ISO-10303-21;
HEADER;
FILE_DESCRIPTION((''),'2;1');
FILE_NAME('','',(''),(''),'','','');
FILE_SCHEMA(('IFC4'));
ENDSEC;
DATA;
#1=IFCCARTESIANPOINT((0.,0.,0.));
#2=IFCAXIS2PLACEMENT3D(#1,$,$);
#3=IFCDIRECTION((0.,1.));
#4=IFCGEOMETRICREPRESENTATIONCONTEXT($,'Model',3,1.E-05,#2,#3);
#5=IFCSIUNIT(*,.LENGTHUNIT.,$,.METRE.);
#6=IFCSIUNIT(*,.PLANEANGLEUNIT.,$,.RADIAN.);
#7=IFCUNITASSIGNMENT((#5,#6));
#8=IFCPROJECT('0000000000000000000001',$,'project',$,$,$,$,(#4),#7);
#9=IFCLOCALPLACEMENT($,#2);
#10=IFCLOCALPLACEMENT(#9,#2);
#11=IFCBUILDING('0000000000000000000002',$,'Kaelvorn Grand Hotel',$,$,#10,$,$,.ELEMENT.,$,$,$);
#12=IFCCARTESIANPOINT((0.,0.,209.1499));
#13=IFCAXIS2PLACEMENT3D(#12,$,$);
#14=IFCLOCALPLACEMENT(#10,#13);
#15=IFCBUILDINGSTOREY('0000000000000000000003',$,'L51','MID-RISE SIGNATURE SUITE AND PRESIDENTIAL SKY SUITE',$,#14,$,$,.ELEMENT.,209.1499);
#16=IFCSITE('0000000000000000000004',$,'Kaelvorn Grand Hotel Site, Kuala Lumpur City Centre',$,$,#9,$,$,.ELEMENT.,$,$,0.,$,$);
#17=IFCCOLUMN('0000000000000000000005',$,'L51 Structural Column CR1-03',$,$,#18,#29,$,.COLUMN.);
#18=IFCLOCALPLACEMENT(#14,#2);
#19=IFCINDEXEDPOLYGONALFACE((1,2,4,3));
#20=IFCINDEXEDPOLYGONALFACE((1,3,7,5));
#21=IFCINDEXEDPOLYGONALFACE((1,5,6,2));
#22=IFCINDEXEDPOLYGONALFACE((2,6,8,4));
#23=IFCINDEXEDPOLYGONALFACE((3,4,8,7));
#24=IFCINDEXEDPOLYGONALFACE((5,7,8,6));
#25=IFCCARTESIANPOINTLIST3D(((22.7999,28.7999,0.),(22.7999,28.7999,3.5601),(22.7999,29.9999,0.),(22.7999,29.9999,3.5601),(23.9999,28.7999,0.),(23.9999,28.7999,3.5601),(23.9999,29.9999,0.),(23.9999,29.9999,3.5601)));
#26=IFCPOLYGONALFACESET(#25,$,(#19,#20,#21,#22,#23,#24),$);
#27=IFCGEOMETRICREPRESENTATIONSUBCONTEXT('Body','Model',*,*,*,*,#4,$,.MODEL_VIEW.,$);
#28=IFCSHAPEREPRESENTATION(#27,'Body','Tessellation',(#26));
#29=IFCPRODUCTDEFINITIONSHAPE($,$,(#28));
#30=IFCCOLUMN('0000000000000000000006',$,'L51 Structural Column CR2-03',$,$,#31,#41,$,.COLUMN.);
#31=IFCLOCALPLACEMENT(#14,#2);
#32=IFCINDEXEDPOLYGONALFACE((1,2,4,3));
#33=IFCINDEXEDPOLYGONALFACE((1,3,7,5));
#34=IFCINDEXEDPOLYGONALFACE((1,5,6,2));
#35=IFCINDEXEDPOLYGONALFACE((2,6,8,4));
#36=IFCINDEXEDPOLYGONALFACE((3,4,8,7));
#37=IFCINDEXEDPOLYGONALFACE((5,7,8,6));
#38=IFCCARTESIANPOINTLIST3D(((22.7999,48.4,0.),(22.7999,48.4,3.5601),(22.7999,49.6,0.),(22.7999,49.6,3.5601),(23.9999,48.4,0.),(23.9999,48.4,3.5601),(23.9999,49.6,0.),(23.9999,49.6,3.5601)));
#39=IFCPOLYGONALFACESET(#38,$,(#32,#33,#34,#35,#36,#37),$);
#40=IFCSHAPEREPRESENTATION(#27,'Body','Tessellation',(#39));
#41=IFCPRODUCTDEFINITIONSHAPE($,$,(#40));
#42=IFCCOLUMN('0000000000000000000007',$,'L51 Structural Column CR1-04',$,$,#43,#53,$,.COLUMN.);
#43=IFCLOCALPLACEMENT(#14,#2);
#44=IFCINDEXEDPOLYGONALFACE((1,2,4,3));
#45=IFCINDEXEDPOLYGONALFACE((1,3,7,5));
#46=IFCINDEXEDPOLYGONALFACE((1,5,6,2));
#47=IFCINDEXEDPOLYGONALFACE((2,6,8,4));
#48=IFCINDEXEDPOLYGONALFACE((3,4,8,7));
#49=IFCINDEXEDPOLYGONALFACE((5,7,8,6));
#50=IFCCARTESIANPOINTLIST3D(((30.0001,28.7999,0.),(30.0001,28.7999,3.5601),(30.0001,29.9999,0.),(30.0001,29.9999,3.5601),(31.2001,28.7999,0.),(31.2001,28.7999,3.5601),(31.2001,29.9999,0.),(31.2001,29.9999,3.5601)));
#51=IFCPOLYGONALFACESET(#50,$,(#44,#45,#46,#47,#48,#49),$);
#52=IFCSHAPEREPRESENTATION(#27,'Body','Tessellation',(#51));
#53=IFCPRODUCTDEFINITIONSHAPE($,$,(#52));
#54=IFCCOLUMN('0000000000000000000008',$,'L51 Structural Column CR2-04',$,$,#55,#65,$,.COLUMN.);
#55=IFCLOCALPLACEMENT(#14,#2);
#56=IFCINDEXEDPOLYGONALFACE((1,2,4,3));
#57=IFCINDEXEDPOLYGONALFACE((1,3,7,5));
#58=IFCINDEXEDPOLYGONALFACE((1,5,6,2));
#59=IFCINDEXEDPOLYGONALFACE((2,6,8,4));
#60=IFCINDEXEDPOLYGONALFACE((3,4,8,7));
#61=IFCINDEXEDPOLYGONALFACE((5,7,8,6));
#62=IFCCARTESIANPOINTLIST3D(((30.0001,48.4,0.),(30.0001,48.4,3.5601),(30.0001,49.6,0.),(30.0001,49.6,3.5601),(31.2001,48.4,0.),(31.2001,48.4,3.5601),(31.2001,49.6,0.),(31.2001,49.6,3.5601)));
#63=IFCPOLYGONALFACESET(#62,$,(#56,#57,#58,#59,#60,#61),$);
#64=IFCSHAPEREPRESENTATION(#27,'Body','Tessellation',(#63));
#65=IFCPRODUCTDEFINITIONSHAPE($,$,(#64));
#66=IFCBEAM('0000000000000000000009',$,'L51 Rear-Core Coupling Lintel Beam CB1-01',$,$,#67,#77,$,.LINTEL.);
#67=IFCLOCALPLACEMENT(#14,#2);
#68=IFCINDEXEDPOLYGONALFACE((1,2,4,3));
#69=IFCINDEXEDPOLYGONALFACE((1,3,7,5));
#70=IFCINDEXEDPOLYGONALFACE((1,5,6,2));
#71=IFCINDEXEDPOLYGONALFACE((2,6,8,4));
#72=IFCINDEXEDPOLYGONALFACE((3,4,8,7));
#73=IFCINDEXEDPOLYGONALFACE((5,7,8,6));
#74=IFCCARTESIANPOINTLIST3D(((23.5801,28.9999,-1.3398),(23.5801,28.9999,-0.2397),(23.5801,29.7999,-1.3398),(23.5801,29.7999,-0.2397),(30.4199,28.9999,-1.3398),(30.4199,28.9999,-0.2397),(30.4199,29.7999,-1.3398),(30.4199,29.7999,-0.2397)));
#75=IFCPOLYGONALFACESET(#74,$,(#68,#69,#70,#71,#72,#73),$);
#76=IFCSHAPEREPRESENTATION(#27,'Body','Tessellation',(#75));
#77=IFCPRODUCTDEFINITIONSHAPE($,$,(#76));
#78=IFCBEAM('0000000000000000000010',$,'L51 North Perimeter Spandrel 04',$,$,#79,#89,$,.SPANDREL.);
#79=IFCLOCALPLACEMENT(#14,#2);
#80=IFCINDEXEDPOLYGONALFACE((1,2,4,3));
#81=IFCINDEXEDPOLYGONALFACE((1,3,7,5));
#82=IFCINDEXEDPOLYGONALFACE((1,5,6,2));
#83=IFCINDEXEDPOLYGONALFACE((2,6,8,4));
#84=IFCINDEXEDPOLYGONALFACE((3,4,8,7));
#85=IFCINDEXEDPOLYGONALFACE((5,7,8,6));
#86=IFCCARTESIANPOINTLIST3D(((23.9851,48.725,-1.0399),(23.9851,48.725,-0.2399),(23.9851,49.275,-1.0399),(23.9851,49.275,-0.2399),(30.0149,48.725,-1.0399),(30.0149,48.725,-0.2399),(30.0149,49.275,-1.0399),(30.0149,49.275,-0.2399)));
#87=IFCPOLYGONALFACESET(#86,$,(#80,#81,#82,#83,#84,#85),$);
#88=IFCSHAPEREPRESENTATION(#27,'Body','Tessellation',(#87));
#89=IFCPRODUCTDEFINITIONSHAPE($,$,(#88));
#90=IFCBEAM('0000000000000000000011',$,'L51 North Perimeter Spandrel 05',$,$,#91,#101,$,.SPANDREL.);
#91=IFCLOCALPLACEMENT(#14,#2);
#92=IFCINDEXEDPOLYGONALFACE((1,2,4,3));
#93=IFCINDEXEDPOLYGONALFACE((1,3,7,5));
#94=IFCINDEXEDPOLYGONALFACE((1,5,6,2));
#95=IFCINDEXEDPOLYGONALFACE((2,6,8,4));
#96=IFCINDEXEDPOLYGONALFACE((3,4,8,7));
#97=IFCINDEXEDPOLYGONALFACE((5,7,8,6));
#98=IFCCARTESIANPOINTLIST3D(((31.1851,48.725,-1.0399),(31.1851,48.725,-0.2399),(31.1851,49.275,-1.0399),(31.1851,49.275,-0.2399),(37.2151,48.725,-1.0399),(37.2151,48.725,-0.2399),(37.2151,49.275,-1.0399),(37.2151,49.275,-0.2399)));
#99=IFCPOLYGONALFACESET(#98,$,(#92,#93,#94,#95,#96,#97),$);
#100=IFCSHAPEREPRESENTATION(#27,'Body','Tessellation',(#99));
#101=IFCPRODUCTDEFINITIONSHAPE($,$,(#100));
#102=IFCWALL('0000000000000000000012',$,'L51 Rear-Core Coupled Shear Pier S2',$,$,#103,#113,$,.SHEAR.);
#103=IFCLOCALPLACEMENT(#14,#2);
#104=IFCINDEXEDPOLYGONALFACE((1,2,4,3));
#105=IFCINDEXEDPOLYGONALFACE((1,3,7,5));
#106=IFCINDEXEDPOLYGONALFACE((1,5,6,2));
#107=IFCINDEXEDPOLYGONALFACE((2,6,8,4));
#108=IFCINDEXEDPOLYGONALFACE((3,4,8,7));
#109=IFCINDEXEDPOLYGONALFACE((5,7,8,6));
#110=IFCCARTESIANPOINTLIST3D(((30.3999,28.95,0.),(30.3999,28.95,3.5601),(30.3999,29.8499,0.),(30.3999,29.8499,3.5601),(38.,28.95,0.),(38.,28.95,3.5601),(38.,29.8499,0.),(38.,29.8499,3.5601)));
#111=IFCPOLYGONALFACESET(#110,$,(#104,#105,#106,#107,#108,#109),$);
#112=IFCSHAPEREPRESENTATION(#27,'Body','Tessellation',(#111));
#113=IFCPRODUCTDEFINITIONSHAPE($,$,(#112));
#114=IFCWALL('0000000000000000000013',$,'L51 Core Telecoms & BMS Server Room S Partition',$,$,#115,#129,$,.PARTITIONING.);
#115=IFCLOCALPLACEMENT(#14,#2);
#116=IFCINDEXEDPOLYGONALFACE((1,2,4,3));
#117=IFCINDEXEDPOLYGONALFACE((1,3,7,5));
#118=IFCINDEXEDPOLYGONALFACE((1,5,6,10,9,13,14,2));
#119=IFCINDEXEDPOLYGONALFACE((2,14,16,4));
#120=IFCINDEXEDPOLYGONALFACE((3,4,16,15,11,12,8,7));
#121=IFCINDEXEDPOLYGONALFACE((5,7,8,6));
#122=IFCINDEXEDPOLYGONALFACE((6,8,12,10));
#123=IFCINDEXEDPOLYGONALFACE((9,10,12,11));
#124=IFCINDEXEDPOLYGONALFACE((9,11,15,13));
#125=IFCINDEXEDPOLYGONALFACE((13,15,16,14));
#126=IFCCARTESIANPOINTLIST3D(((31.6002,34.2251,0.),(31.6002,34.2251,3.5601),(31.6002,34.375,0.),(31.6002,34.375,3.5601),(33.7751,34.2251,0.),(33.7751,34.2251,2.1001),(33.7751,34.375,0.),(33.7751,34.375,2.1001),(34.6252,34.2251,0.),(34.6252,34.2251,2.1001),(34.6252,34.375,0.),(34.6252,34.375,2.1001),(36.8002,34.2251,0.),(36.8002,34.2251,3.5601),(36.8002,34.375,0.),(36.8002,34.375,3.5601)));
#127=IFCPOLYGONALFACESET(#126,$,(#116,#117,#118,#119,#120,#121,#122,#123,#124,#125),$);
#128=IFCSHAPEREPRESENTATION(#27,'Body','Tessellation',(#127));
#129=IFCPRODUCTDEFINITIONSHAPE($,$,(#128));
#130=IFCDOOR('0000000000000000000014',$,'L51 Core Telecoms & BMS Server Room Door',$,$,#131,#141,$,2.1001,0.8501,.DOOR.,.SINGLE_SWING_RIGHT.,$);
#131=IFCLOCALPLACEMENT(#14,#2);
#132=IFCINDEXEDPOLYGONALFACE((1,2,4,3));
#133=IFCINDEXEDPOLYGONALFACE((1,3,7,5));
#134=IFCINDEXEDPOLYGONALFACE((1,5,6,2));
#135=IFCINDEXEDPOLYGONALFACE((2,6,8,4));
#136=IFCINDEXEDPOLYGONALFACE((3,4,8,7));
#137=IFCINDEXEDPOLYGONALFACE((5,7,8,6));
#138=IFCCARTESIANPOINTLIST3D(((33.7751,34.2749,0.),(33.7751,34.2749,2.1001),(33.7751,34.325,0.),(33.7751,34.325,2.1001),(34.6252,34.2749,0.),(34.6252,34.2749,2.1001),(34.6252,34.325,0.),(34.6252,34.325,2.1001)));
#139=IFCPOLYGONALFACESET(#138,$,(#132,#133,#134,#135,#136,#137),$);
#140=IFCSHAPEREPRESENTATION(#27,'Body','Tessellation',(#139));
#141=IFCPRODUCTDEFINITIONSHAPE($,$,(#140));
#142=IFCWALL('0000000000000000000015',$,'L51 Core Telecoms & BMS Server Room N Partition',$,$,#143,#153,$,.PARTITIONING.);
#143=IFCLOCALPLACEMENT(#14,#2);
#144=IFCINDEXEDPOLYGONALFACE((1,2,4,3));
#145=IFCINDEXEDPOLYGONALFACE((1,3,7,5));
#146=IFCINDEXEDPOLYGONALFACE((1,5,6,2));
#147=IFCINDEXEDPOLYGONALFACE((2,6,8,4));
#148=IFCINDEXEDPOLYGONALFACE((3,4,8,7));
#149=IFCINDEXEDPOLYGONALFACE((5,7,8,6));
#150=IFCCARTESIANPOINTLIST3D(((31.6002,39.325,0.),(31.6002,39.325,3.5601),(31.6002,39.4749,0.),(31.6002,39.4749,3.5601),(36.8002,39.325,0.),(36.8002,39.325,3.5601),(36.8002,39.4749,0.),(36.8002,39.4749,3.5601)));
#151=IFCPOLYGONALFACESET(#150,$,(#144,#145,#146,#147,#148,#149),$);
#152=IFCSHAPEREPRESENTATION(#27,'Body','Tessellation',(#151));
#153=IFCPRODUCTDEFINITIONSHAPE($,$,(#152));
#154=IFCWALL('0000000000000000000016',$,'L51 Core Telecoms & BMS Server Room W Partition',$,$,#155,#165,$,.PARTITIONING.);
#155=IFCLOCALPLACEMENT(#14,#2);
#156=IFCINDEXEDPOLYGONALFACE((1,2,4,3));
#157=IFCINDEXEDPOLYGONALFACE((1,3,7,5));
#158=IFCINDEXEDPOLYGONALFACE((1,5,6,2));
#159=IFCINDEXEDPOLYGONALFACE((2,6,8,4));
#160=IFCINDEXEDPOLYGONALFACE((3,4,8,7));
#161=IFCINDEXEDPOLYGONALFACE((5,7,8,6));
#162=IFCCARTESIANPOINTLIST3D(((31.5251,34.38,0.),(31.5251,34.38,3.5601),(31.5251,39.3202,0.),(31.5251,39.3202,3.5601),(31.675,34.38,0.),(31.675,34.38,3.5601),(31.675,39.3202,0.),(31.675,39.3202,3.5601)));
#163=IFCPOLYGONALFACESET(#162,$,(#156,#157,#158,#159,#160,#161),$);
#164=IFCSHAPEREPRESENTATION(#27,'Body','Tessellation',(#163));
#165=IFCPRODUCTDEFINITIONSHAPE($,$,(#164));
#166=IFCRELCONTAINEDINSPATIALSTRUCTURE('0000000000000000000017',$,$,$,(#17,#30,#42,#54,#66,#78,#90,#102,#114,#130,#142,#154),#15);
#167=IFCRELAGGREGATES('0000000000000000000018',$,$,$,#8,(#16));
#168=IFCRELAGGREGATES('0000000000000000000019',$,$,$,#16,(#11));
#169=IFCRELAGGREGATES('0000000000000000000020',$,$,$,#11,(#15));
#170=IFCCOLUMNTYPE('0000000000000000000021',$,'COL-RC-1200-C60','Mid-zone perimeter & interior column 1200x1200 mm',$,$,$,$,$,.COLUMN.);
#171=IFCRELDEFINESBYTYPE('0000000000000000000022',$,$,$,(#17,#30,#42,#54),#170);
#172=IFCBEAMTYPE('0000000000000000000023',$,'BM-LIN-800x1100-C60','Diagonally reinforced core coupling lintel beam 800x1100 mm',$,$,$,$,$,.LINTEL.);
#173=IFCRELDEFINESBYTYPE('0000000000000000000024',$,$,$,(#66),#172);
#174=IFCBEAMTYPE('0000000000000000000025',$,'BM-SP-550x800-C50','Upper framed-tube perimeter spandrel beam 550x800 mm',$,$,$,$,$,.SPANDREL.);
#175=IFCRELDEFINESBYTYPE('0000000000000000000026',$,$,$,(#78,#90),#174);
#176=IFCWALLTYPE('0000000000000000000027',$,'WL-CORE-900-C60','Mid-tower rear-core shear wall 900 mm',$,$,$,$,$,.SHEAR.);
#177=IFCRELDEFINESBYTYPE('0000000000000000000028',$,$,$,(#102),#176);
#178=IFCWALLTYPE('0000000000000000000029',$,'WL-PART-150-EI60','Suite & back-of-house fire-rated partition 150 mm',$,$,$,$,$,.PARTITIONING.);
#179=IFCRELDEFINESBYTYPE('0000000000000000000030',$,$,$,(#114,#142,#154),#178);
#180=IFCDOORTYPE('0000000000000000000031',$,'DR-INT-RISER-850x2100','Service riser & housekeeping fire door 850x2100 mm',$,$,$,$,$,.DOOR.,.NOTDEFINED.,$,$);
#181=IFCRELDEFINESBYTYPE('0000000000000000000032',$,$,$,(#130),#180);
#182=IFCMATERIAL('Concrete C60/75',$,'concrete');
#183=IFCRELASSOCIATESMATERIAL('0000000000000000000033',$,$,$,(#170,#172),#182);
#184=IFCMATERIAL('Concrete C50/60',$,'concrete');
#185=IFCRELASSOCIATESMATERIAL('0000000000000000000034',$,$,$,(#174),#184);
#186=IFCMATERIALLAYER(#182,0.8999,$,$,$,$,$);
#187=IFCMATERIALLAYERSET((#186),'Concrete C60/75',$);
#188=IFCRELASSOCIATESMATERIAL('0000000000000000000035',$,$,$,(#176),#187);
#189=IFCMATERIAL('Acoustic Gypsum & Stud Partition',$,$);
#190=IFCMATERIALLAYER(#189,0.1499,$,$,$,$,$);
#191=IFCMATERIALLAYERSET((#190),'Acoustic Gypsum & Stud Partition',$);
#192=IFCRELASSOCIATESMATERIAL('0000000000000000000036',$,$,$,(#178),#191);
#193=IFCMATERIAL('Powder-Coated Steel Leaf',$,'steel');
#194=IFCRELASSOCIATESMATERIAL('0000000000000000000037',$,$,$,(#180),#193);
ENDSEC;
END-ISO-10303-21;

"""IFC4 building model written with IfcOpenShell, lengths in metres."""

from ifc_helpers import new_model, si_unit, direction, frame, frame_2d, origin, origin_2d, place, context, subcontext, project, spatial, rectangle, extrude, material, layer, layer_set, material_profile, profile_set, type_object, element, fill, save


model = new_model("IFC4")

# Units and contexts
model_context = context("Model", 3, precision=1e-05, world=origin(), true_north=direction((0.0, 1.0)))
body_context = subcontext(model_context, "Body", "Model", "MODEL_VIEW")
ifc_project = project(units=[si_unit("LENGTHUNIT", "METRE"), si_unit("PLANEANGLEUNIT", "RADIAN")], contexts=[model_context])

# Site, building, storey
site_placement = place(None, origin())
site = spatial("IfcSite", under=ifc_project, at=site_placement, Name="Kaelvorn Grand Hotel Site, Kuala Lumpur City Centre", CompositionType="ELEMENT", RefElevation=0.0)
building_placement = place(site_placement, origin())
building = spatial("IfcBuilding", under=site, at=building_placement, Name="Kaelvorn Grand Hotel", CompositionType="ELEMENT")
storey_placement = place(building_placement, frame((0.0, 0.0, 209.1499)))
storey = spatial("IfcBuildingStorey", under=building, at=storey_placement, Name="L51", Description="MID-RISE SIGNATURE SUITE AND PRESIDENTIAL SKY SUITE", CompositionType="ELEMENT", Elevation=209.1499)

# Columns
ifc_material_1 = material(Name="Concrete C60/75", Category="concrete")
ifc_material_profile_1 = material_profile(ifc_material_1, rectangle(XDim=1.2, YDim=1.2, at=origin_2d()), Name="RC COL 1200x1200")
ifc_profile_set_1 = profile_set([ifc_material_profile_1], Name="Concrete C60/75")
column_type = type_object("IfcColumnType", Name="COL-RC-1200-C60", Description="Mid-zone perimeter & interior column 1200x1200 mm", PredefinedType="COLUMN", material=ifc_profile_set_1)
for number, where, z_axis, x_axis, name in (
    (1, (23.3999, 29.3999, 0.0), (0.0, 0.0, 1.0), (1.0, 0.0, 0.0), "L51 Structural Column CR1-03"),
    (2, (23.3999, 49.0, 0.0), (0.0, 0.0, 1.0), (1.0, 0.0, 0.0), "L51 Structural Column CR2-03"),
    (3, (30.6001, 29.3999, 0.0), (0.0, 0.0, 1.0), (1.0, 0.0, 0.0), "L51 Structural Column CR1-04"),
    (4, (30.6001, 49.0, 0.0), (0.0, 0.0, 1.0), (1.0, 0.0, 0.0), "L51 Structural Column CR2-04"),
):
    element("IfcColumn", number, at=place(storey_placement, frame(where, z_axis=z_axis, x_axis=x_axis)), inside=storey, type_object=column_type, Name=name, PredefinedType="COLUMN", context=body_context, shape_type="SweptSolid", body=[
        extrude(rectangle(XDim=1.2, YDim=1.2, at=origin_2d()), origin(), (0.0, 0.0, 1.0), 3.5601),
    ])

# Beams
ifc_material_profile_2 = material_profile(ifc_material_1, rectangle(XDim=0.8, YDim=1.1001, at=origin_2d()), Name="RC LINTEL 800x1100")
ifc_profile_set_2 = profile_set([ifc_material_profile_2], Name="Concrete C60/75")
beam_type_1 = type_object("IfcBeamType", Name="BM-LIN-800x1100-C60", Description="Diagonally reinforced core coupling lintel beam 800x1100 mm", PredefinedType="LINTEL", material=ifc_profile_set_2)
beam_1_placement = place(storey_placement, frame((23.5801, 29.3999, -0.7898), z_axis=(1.0, 0.0, 0.0), x_axis=(0.0, 1.0, 0.0)))
element("IfcBeam", 5, at=beam_1_placement, inside=storey, type_object=beam_type_1, Name="L51 Rear-Core Coupling Lintel Beam CB1-01", PredefinedType="LINTEL", context=body_context, shape_type="SweptSolid", body=[
    extrude(rectangle(XDim=0.8, YDim=1.1001, at=origin_2d()), origin(), (0.0, 0.0, 1.0), 6.8398),
])
ifc_material_2 = material(Name="Concrete C50/60", Category="concrete")
ifc_material_profile_3 = material_profile(ifc_material_2, rectangle(XDim=0.55, YDim=0.8, at=origin_2d()), Name="RC SPANDREL 550x800")
ifc_profile_set_3 = profile_set([ifc_material_profile_3], Name="Concrete C50/60")
beam_type_2 = type_object("IfcBeamType", Name="BM-SP-550x800-C50", Description="Upper framed-tube perimeter spandrel beam 550x800 mm", PredefinedType="SPANDREL", material=ifc_profile_set_3)
beam_2_placement = place(storey_placement, frame((23.9851, 49.0, -0.6399), z_axis=(1.0, 0.0, 0.0), x_axis=(0.0, 1.0, 0.0)))
element("IfcBeam", 6, at=beam_2_placement, inside=storey, type_object=beam_type_2, Name="L51 North Perimeter Spandrel 04", PredefinedType="SPANDREL", context=body_context, shape_type="SweptSolid", body=[
    extrude(rectangle(XDim=0.55, YDim=0.8, at=origin_2d()), origin(), (0.0, 0.0, 1.0), 6.0298),
])
beam_3_placement = place(storey_placement, frame((31.1851, 49.0, -0.6399), z_axis=(1.0, 0.0, 0.0), x_axis=(0.0, 1.0, 0.0)))
element("IfcBeam", 7, at=beam_3_placement, inside=storey, type_object=beam_type_2, Name="L51 North Perimeter Spandrel 05", PredefinedType="SPANDREL", context=body_context, shape_type="SweptSolid", body=[
    extrude(rectangle(XDim=0.55, YDim=0.8, at=origin_2d()), origin(), (0.0, 0.0, 1.0), 6.03),
])

# Wall
ifc_layer_1 = layer(ifc_material_1, 0.8999)
ifc_layer_set_1 = layer_set([ifc_layer_1], Name="Concrete C60/75")
wall_type_1 = type_object("IfcWallType", Name="WL-CORE-900-C60", Description="Mid-tower rear-core shear wall 900 mm", PredefinedType="SHEAR", material=ifc_layer_set_1)
wall_1_placement = place(storey_placement, frame((30.3999, 29.3999, 0.0), z_axis=(0.0, 0.0, 1.0), x_axis=(1.0, 0.0, 0.0)))
element("IfcWall", 8, at=wall_1_placement, inside=storey, type_object=wall_type_1, Name="L51 Rear-Core Coupled Shear Pier S2", PredefinedType="SHEAR", context=body_context, shape_type="SweptSolid", body=[
    extrude(rectangle(XDim=7.6001, YDim=0.8999, at=frame_2d((3.8, 0.0))), origin(), (0.0, 0.0, 1.0), 3.5601),
])

# Wall, opening, door
ifc_material_3 = material(Name="Acoustic Gypsum & Stud Partition")
ifc_layer_2 = layer(ifc_material_3, 0.1499)
ifc_layer_set_2 = layer_set([ifc_layer_2], Name="Acoustic Gypsum & Stud Partition")
wall_type_2 = type_object("IfcWallType", Name="WL-PART-150-EI60", Description="Suite & back-of-house fire-rated partition 150 mm", PredefinedType="PARTITIONING", material=ifc_layer_set_2)
wall_2_placement = place(storey_placement, frame((31.6001, 34.3, 0.0), z_axis=(0.0, 0.0, 1.0), x_axis=(1.0, 0.0, 0.0)))
wall_2 = element("IfcWall", 9, at=wall_2_placement, inside=storey, type_object=wall_type_2, Name="L51 Core Telecoms & BMS Server Room S Partition", PredefinedType="PARTITIONING", context=body_context, shape_type="SweptSolid", body=[
    extrude(rectangle(XDim=5.2, YDim=0.1499, at=frame_2d((2.6001, 0.0))), origin(), (0.0, 0.0, 1.0), 3.5601),
])
opening_1_placement = place(wall_2_placement, frame((2.175, 0.0, 0.0)))
opening_1 = element("IfcOpeningElement", 10, at=opening_1_placement, cuts=wall_2, PredefinedType="OPENING", context=body_context, shape_type="SweptSolid", body=[
    extrude(rectangle(XDim=0.8501, YDim=2.1001, at=frame_2d((0.425, 1.05))), frame((0.0, 0.085, 0.0), z_axis=(0.0, -1.0, 0.0), x_axis=(1.0, 0.0, 0.0)), (0.0, 0.0, 1.0), 0.1699),
])
ifc_material_4 = material(Name="Powder-Coated Steel Leaf", Category="steel")
door_type_1 = type_object("IfcDoorType", Name="DR-INT-RISER-850x2100", Description="Service riser & housekeeping fire door 850x2100 mm", OperationType="NOTDEFINED", PredefinedType="DOOR", material=ifc_material_4)
door_1_placement = place(opening_1_placement, origin())
door_1 = element("IfcDoor", 11, at=door_1_placement, inside=storey, type_object=door_type_1, Name="L51 Core Telecoms & BMS Server Room Door", OperationType="SINGLE_SWING_RIGHT", OverallHeight=2.1001, OverallWidth=0.8501, PredefinedType="DOOR", context=body_context, shape_type="SweptSolid", body=[
    extrude(rectangle(XDim=0.8501, YDim=2.1001, at=frame_2d((0.425, 1.05))), frame((0.0, 0.0249, 0.0), z_axis=(0.0, -1.0, 0.0), x_axis=(1.0, 0.0, 0.0)), (0.0, 0.0, 1.0), 0.05),
])
fill(opening_1, door_1)

# Walls
wall_3_placement = place(storey_placement, frame((31.6001, 39.3999, 0.0), z_axis=(0.0, 0.0, 1.0), x_axis=(1.0, 0.0, 0.0)))
element("IfcWall", 12, at=wall_3_placement, inside=storey, type_object=wall_type_2, Name="L51 Core Telecoms & BMS Server Room N Partition", PredefinedType="PARTITIONING", context=body_context, shape_type="SweptSolid", body=[
    extrude(rectangle(XDim=5.2, YDim=0.1499, at=frame_2d((2.6001, 0.0))), origin(), (0.0, 0.0, 1.0), 3.5601),
])
wall_4_placement = place(storey_placement, frame((31.6001, 34.3799, 0.0), z_axis=(0.0, 0.0, 1.0), x_axis=(0.0, 1.0, 0.0)))
element("IfcWall", 13, at=wall_4_placement, inside=storey, type_object=wall_type_2, Name="L51 Core Telecoms & BMS Server Room W Partition", PredefinedType="PARTITIONING", context=body_context, shape_type="SweptSolid", body=[
    extrude(rectangle(XDim=4.9402, YDim=0.1499, at=frame_2d((2.4702, 0.0))), origin(), (0.0, 0.0, 1.0), 3.5601),
])

save(model, "model.ifc")
